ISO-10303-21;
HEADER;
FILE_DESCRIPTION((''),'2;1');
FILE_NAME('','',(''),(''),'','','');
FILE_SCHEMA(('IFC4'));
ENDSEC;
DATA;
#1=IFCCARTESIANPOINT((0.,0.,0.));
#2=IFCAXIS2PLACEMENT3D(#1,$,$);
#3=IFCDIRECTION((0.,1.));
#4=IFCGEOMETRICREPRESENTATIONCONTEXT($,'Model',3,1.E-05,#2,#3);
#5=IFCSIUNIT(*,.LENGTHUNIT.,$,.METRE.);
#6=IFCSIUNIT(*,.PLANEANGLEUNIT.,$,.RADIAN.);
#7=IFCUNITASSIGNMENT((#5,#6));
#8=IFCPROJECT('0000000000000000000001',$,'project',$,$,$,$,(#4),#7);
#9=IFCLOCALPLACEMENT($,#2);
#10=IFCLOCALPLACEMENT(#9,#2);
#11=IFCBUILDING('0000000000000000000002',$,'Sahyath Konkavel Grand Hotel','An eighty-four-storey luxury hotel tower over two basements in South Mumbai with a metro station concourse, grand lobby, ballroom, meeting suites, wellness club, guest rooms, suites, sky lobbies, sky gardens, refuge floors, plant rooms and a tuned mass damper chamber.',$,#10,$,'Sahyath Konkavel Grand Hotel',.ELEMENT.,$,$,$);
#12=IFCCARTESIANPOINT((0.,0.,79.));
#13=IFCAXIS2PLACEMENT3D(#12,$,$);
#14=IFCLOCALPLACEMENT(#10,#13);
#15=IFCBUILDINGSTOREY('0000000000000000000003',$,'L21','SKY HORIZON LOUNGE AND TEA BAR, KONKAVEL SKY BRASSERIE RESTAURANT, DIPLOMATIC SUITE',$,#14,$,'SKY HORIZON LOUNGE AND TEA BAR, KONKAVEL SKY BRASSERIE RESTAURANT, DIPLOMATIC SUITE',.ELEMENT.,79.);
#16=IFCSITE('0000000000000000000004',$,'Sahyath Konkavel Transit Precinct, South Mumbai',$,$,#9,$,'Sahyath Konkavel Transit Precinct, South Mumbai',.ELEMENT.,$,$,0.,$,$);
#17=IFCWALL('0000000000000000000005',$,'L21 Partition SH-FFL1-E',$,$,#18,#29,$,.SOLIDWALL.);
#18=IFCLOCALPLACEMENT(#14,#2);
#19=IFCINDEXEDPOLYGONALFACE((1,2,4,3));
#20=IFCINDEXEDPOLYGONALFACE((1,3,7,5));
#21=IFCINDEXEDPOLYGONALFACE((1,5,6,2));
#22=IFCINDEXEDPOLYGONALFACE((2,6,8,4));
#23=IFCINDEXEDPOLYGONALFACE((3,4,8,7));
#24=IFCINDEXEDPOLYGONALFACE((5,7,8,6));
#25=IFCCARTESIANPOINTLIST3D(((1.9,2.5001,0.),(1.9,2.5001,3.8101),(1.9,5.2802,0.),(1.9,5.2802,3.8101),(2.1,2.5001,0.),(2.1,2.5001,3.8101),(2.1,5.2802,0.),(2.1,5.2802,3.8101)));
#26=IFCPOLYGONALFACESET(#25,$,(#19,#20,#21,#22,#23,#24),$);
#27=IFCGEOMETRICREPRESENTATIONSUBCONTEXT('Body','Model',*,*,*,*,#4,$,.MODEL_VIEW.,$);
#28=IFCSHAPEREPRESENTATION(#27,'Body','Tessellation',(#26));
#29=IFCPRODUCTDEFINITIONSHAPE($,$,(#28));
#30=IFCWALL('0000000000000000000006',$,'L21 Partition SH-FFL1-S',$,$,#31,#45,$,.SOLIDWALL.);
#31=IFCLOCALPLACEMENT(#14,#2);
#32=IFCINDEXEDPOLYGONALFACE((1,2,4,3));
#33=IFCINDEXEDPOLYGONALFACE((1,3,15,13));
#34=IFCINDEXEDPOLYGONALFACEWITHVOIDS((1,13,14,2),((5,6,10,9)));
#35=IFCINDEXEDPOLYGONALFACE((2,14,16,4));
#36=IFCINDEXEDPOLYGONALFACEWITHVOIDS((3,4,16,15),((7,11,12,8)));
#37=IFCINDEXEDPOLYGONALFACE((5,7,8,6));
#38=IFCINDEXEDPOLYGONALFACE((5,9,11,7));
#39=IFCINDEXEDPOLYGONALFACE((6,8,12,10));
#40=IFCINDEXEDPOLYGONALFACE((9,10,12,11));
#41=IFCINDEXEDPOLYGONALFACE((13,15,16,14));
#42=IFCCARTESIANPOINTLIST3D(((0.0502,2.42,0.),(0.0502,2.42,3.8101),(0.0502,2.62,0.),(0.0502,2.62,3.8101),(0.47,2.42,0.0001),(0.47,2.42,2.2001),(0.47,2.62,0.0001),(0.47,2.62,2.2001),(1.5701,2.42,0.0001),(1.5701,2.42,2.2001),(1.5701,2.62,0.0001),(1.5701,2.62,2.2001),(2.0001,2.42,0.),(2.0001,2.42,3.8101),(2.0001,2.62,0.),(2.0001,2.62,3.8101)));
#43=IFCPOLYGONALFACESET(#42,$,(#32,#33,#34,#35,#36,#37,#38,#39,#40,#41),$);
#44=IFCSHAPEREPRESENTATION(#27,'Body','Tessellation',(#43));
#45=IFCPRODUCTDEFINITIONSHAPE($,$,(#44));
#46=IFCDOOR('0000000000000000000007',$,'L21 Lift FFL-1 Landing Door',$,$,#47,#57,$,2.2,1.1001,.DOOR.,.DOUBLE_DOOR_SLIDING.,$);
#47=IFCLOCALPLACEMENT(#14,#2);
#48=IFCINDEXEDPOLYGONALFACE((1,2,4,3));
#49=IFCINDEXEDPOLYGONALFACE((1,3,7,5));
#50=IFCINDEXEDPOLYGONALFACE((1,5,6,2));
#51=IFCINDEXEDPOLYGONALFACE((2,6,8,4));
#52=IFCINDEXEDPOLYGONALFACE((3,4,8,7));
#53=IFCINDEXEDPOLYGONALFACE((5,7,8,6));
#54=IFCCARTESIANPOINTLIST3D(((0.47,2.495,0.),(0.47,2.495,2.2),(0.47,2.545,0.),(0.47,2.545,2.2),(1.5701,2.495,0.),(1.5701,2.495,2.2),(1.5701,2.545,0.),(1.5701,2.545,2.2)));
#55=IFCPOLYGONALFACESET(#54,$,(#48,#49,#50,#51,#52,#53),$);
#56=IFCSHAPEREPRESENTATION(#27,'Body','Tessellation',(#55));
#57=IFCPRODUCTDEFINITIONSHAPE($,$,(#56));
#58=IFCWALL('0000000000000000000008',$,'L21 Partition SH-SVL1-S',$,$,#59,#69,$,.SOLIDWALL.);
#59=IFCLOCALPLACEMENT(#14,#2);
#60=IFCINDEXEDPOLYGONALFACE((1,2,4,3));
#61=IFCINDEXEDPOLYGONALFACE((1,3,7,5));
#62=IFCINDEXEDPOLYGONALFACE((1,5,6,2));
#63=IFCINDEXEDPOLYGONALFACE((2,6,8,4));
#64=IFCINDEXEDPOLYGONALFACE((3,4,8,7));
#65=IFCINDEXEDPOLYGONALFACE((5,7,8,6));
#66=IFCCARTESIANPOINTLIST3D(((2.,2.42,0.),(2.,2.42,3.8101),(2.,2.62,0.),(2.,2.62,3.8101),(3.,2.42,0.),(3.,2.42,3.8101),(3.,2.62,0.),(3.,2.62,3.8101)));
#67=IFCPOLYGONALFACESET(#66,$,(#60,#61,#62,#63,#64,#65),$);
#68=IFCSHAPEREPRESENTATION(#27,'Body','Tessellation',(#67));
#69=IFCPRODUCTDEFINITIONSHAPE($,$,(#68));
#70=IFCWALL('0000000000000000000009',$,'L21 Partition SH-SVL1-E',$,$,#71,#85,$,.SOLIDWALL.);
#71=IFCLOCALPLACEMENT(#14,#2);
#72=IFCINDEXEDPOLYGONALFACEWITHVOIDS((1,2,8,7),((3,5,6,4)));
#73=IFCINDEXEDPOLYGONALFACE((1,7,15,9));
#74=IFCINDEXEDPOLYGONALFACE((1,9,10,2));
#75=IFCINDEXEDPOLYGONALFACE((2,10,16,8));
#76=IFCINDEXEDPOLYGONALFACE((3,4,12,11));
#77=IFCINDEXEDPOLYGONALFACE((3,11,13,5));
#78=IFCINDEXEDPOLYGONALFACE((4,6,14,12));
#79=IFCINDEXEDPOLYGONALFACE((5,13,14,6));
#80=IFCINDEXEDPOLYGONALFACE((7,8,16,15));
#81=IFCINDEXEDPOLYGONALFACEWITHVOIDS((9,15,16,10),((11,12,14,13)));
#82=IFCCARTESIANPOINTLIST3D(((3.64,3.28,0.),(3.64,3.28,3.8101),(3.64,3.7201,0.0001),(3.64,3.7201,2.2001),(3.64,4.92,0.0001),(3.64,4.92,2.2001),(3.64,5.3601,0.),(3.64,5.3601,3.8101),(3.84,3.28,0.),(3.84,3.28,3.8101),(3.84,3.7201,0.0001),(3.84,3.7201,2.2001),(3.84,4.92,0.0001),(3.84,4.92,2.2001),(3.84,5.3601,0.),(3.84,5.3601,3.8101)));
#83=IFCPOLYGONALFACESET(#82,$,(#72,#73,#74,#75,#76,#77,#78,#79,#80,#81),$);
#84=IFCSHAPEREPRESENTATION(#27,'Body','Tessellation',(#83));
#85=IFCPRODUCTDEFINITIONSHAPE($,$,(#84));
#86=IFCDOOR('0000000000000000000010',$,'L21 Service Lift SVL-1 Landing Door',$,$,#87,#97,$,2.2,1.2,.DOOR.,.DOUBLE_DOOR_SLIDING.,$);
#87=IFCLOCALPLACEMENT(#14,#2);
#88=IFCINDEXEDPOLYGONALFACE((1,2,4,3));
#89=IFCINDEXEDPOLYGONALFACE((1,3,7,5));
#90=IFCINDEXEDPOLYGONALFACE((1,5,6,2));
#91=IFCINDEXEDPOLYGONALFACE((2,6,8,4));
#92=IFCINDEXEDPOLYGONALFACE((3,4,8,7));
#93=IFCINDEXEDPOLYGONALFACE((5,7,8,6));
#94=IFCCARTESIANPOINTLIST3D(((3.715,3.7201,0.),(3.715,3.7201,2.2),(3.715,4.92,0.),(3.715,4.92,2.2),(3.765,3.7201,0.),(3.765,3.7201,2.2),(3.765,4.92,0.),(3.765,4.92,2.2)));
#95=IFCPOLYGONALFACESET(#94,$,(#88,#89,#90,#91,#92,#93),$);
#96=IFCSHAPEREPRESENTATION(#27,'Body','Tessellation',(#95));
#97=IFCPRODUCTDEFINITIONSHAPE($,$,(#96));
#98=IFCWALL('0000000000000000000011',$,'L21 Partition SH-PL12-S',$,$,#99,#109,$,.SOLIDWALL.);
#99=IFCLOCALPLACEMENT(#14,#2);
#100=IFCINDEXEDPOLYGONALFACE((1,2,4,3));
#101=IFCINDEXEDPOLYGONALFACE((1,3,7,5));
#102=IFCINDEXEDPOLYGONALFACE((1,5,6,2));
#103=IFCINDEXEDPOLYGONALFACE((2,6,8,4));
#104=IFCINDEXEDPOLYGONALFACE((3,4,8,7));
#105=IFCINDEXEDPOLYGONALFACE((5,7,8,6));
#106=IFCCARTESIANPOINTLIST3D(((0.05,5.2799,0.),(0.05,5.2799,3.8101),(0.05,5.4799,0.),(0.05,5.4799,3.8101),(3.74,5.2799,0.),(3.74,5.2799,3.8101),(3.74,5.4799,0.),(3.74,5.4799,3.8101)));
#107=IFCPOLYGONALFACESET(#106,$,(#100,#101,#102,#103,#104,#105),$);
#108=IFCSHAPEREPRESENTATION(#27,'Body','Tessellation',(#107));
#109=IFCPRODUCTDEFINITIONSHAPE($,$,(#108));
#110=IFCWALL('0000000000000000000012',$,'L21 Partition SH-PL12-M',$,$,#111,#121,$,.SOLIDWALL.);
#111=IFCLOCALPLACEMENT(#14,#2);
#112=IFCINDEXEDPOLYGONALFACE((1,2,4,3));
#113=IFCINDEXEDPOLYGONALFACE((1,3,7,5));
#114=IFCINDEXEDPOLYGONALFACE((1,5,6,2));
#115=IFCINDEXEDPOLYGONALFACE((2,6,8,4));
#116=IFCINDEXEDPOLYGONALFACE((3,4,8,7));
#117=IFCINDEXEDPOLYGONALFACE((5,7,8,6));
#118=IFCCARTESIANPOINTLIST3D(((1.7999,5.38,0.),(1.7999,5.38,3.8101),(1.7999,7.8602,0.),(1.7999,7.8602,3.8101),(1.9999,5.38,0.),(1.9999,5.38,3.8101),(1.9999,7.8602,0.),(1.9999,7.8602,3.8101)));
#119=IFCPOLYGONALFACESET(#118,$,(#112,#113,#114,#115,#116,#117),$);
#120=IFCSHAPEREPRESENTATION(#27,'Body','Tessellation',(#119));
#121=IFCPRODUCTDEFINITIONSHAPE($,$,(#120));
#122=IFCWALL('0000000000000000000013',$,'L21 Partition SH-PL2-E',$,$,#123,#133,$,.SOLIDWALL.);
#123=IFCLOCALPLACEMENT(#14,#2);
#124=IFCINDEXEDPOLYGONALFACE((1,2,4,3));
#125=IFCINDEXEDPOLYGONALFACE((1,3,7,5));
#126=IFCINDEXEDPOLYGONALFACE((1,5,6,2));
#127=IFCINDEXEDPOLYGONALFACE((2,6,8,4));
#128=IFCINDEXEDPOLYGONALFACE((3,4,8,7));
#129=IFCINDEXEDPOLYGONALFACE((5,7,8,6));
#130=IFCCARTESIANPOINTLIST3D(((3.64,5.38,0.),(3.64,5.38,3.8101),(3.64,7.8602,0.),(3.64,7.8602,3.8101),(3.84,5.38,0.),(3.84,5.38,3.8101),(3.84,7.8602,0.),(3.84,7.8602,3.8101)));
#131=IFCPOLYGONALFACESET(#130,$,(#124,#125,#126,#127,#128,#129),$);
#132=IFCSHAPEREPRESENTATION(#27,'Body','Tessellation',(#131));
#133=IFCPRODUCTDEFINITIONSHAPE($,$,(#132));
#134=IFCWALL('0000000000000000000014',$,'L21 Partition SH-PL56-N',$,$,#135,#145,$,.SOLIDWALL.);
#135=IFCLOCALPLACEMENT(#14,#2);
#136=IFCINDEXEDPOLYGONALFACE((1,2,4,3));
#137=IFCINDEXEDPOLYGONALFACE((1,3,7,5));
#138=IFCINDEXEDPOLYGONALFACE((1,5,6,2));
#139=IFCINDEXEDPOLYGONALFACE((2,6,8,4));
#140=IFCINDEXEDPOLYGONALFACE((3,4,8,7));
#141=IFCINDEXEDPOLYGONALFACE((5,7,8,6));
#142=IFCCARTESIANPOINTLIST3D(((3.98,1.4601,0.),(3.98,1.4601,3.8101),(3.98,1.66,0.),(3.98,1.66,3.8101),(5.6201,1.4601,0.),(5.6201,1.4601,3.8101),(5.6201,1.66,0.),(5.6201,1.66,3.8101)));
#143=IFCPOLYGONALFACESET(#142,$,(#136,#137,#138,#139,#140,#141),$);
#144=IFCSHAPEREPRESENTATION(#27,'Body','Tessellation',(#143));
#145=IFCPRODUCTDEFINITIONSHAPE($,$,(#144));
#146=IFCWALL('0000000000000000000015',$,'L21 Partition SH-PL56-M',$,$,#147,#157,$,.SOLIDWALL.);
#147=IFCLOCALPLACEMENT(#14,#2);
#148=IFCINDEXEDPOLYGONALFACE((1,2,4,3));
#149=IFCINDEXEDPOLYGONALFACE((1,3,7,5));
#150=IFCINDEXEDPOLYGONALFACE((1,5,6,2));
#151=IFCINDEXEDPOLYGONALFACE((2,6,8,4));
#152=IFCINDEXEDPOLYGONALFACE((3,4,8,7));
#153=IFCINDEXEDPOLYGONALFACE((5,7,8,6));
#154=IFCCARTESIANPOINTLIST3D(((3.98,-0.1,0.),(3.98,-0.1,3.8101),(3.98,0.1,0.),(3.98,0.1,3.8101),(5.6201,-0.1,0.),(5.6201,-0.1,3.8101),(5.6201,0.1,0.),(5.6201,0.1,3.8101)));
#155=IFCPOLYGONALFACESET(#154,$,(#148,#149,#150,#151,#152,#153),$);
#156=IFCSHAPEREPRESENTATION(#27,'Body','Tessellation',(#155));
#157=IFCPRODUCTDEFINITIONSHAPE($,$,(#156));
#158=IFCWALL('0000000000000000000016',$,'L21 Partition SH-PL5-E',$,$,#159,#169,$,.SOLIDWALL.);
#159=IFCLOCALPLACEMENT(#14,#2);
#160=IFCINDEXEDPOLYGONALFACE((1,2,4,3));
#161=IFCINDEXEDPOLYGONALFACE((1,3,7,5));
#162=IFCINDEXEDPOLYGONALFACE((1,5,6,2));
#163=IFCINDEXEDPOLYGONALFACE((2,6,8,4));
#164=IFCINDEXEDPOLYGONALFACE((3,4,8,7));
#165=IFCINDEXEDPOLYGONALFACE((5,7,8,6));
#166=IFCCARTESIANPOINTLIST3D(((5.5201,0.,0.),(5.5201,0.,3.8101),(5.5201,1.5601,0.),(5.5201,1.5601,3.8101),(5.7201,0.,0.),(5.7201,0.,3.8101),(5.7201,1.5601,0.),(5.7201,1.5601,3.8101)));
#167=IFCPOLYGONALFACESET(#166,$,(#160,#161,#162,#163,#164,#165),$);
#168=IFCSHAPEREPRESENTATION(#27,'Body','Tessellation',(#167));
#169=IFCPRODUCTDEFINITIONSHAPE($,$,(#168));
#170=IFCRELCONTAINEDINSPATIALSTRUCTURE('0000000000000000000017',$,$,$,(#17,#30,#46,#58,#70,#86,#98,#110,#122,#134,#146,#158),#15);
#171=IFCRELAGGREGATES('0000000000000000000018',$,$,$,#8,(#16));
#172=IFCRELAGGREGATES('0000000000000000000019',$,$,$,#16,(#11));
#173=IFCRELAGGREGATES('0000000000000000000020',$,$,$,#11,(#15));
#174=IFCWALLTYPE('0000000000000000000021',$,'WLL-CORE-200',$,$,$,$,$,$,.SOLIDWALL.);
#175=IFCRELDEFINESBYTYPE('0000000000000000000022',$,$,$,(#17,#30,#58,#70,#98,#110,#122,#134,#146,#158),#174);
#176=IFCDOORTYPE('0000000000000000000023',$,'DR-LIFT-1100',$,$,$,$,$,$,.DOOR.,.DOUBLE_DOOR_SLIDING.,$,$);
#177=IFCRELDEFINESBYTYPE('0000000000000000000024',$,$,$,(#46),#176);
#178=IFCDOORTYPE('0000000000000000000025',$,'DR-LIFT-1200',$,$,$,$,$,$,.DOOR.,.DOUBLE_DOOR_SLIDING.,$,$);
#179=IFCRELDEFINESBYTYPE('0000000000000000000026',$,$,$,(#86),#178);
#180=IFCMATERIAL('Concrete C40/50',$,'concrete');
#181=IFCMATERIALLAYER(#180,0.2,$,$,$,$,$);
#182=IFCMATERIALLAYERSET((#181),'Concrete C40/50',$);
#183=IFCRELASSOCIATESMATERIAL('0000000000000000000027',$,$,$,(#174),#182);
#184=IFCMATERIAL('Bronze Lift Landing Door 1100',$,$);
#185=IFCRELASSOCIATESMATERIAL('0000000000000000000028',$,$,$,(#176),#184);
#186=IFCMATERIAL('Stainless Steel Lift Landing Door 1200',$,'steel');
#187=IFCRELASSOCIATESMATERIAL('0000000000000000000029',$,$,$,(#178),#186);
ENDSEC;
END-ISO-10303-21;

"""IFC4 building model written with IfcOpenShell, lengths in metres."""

from ifc_helpers import new_model, si_unit, direction, frame, frame_2d, origin, origin_2d, place, context, subcontext, project, spatial, rectangle, extrude, source, transform, mapped, material, layer, layer_set, type_object, element, fill, save


model = new_model("IFC4")

# Units and contexts
model_context = context("Model", 3, precision=1e-05, world=origin(), true_north=direction((0.0, 1.0)))
body_context = subcontext(model_context, "Body", "Model", "MODEL_VIEW")
ifc_project = project(units=[si_unit("LENGTHUNIT", "METRE"), si_unit("PLANEANGLEUNIT", "RADIAN")], contexts=[model_context])

# Site, building, storey
site_placement = place(None, origin())
site = spatial("IfcSite", under=ifc_project, at=site_placement, Name="Sahyath Konkavel Transit Precinct, South Mumbai", LongName="Sahyath Konkavel Transit Precinct, South Mumbai", CompositionType="ELEMENT", RefElevation=0.0)
building_placement = place(site_placement, origin())
building = spatial("IfcBuilding", under=site, at=building_placement, Name="Sahyath Konkavel Grand Hotel", Description="An eighty-four-storey luxury hotel tower over two basements in South Mumbai with a metro station concourse, grand lobby, ballroom, meeting suites, wellness club, guest rooms, suites, sky lobbies, sky gardens, refuge floors, plant rooms and a tuned mass damper chamber.", LongName="Sahyath Konkavel Grand Hotel", CompositionType="ELEMENT")
storey_placement = place(building_placement, frame((0.0, 0.0, 79.0)))
storey = spatial("IfcBuildingStorey", under=building, at=storey_placement, Name="L21", Description="SKY HORIZON LOUNGE AND TEA BAR, KONKAVEL SKY BRASSERIE RESTAURANT, DIPLOMATIC SUITE", LongName="SKY HORIZON LOUNGE AND TEA BAR, KONKAVEL SKY BRASSERIE RESTAURANT, DIPLOMATIC SUITE", CompositionType="ELEMENT", Elevation=79.0)

# Shared definitions
ifc_material_1 = material(Name="Concrete C40/50", Category="concrete")

# Shared definitions
ifc_layer_1 = layer(ifc_material_1, 0.2)
ifc_layer_set_1 = layer_set([ifc_layer_1], Name="Concrete C40/50")
wall_type_1 = type_object("IfcWallType", Name="WLL-CORE-200", PredefinedType="SOLIDWALL", material=ifc_layer_set_1)

# Wall
wall_1_placement = place(storey_placement, frame((2.0, 2.5, 0.0), z_axis=(0.0, 0.0, 1.0), x_axis=(0.0, 1.0, 0.0)))
element("IfcWall", 1, at=wall_1_placement, inside=storey, type_object=wall_type_1, Name="L21 Partition SH-FFL1-E", PredefinedType="SOLIDWALL", context=body_context, shape_type="SweptSolid", body=[
    extrude(rectangle(XDim=2.78, YDim=0.2, at=frame_2d((1.3901, 0.0))), origin(), (0.0, 0.0, 1.0), 3.8101),
])

# Wall, opening, door
wall_2_placement = place(storey_placement, frame((0.05, 2.52, 0.0), z_axis=(0.0, 0.0, 1.0), x_axis=(1.0, 0.0, 0.0)))
wall_2 = element("IfcWall", 2, at=wall_2_placement, inside=storey, type_object=wall_type_1, Name="L21 Partition SH-FFL1-S", PredefinedType="SOLIDWALL", context=body_context, shape_type="SweptSolid", body=[
    extrude(rectangle(XDim=1.95, YDim=0.2, at=frame_2d((0.9751, 0.0))), origin(), (0.0, 0.0, 1.0), 3.8101),
])
opening_1_placement = place(wall_2_placement, frame((0.4199, 0.0, 0.0)))
opening_1 = element("IfcOpeningElement", 3, at=opening_1_placement, cuts=wall_2, PredefinedType="OPENING", context=body_context, shape_type="SweptSolid", body=[
    extrude(rectangle(XDim=1.1001, YDim=2.2, at=frame_2d((0.55, 1.1001))), frame((0.0, 0.1099, 0.0), z_axis=(0.0, -1.0, 0.0), x_axis=(1.0, 0.0, 0.0)), (0.0, 0.0, 1.0), 0.22),
])
ifc_material_2 = material(Name="Bronze Lift Landing Door 1100")
door_type_1 = type_object("IfcDoorType", Name="DR-LIFT-1100", OperationType="DOUBLE_DOOR_SLIDING", PredefinedType="DOOR", material=ifc_material_2)
shared_shape_1 = source(origin(), body_context, "Body", "SweptSolid", [
    extrude(rectangle(XDim=1.1001, YDim=0.05, at=origin_2d()), origin(), (0.0, 0.0, 1.0), 2.2),
])
door_1_placement = place(opening_1_placement, frame((0.55, 0.0, 0.0)))
door_1 = element("IfcDoor", 4, at=door_1_placement, inside=storey, type_object=door_type_1, Name="L21 Lift FFL-1 Landing Door", OperationType="DOUBLE_DOOR_SLIDING", OverallHeight=2.2, OverallWidth=1.1001, PredefinedType="DOOR", context=body_context, shape_type="MappedRepresentation", body=[
    mapped(shared_shape_1, transform((0.0, 0.0, 0.0), scale=1.0)),
])
fill(opening_1, door_1)

# Wall
wall_3_placement = place(storey_placement, frame((2.0, 2.52, 0.0), z_axis=(0.0, 0.0, 1.0), x_axis=(1.0, 0.0, 0.0)))
element("IfcWall", 5, at=wall_3_placement, inside=storey, type_object=wall_type_1, Name="L21 Partition SH-SVL1-S", PredefinedType="SOLIDWALL", context=body_context, shape_type="SweptSolid", body=[
    extrude(rectangle(XDim=1.0, YDim=0.2, at=frame_2d((0.5, 0.0))), origin(), (0.0, 0.0, 1.0), 3.8101),
])

# Wall, opening, door
wall_4_placement = place(storey_placement, frame((3.74, 3.28, 0.0), z_axis=(0.0, 0.0, 1.0), x_axis=(0.0, 1.0, 0.0)))
wall_4 = element("IfcWall", 6, at=wall_4_placement, inside=storey, type_object=wall_type_1, Name="L21 Partition SH-SVL1-E", PredefinedType="SOLIDWALL", context=body_context, shape_type="SweptSolid", body=[
    extrude(rectangle(XDim=2.0801, YDim=0.2, at=frame_2d((1.04, 0.0))), origin(), (0.0, 0.0, 1.0), 3.8101),
])
opening_2_placement = place(wall_4_placement, frame((0.4399, 0.0, 0.0)))
opening_2 = element("IfcOpeningElement", 7, at=opening_2_placement, cuts=wall_4, PredefinedType="OPENING", context=body_context, shape_type="SweptSolid", body=[
    extrude(rectangle(XDim=1.2, YDim=2.2, at=frame_2d((0.6001, 1.1001))), frame((0.0, 0.1099, 0.0), z_axis=(0.0, -1.0, 0.0), x_axis=(1.0, 0.0, 0.0)), (0.0, 0.0, 1.0), 0.22),
])
ifc_material_3 = material(Name="Stainless Steel Lift Landing Door 1200", Category="steel")
door_type_2 = type_object("IfcDoorType", Name="DR-LIFT-1200", OperationType="DOUBLE_DOOR_SLIDING", PredefinedType="DOOR", material=ifc_material_3)
shared_shape_2 = source(origin(), body_context, "Body", "SweptSolid", [
    extrude(rectangle(XDim=1.2, YDim=0.05, at=origin_2d()), origin(), (0.0, 0.0, 1.0), 2.2),
])
door_2_placement = place(opening_2_placement, frame((0.6001, 0.0, 0.0)))
door_2 = element("IfcDoor", 8, at=door_2_placement, inside=storey, type_object=door_type_2, Name="L21 Service Lift SVL-1 Landing Door", OperationType="DOUBLE_DOOR_SLIDING", OverallHeight=2.2, OverallWidth=1.2, PredefinedType="DOOR", context=body_context, shape_type="MappedRepresentation", body=[
    mapped(shared_shape_2, transform((0.0, 0.0, 0.0), scale=1.0)),
])
fill(opening_2, door_2)

# Walls
wall_5_placement = place(storey_placement, frame((0.05, 5.3799, 0.0), z_axis=(0.0, 0.0, 1.0), x_axis=(1.0, 0.0, 0.0)))
element("IfcWall", 9, at=wall_5_placement, inside=storey, type_object=wall_type_1, Name="L21 Partition SH-PL12-S", PredefinedType="SOLIDWALL", context=body_context, shape_type="SweptSolid", body=[
    extrude(rectangle(XDim=3.6899, YDim=0.2, at=frame_2d((1.845, 0.0))), origin(), (0.0, 0.0, 1.0), 3.8101),
])
for number, where, z_axis, x_axis, name in (
    (10, (1.8999, 5.3799, 0.0), (0.0, 0.0, 1.0), (0.0, 1.0, 0.0), "L21 Partition SH-PL12-M"),
    (11, (3.74, 5.3799, 0.0), (0.0, 0.0, 1.0), (0.0, 1.0, 0.0), "L21 Partition SH-PL2-E"),
):
    element("IfcWall", number, at=place(storey_placement, frame(where, z_axis=z_axis, x_axis=x_axis)), inside=storey, type_object=wall_type_1, Name=name, PredefinedType="SOLIDWALL", context=body_context, shape_type="SweptSolid", body=[
        extrude(rectangle(XDim=2.4802, YDim=0.2, at=frame_2d((1.2402, 0.0))), origin(), (0.0, 0.0, 1.0), 3.8101),
    ])
for number, where, z_axis, x_axis, name in (
    (12, (3.98, 1.5601, 0.0), (0.0, 0.0, 1.0), (1.0, 0.0, 0.0), "L21 Partition SH-PL56-N"),
    (13, (3.98, 0.0, 0.0), (0.0, 0.0, 1.0), (1.0, 0.0, 0.0), "L21 Partition SH-PL56-M"),
):
    element("IfcWall", number, at=place(storey_placement, frame(where, z_axis=z_axis, x_axis=x_axis)), inside=storey, type_object=wall_type_1, Name=name, PredefinedType="SOLIDWALL", context=body_context, shape_type="SweptSolid", body=[
        extrude(rectangle(XDim=1.6401, YDim=0.2, at=frame_2d((0.8201, 0.0))), origin(), (0.0, 0.0, 1.0), 3.8101),
    ])
wall_6_placement = place(storey_placement, frame((5.6201, 0.0, 0.0), z_axis=(0.0, 0.0, 1.0), x_axis=(0.0, 1.0, 0.0)))
element("IfcWall", 14, at=wall_6_placement, inside=storey, type_object=wall_type_1, Name="L21 Partition SH-PL5-E", PredefinedType="SOLIDWALL", context=body_context, shape_type="SweptSolid", body=[
    extrude(rectangle(XDim=1.5601, YDim=0.2, at=frame_2d((0.78, 0.0))), origin(), (0.0, 0.0, 1.0), 3.8101),
])

save(model, "model.ifc")
